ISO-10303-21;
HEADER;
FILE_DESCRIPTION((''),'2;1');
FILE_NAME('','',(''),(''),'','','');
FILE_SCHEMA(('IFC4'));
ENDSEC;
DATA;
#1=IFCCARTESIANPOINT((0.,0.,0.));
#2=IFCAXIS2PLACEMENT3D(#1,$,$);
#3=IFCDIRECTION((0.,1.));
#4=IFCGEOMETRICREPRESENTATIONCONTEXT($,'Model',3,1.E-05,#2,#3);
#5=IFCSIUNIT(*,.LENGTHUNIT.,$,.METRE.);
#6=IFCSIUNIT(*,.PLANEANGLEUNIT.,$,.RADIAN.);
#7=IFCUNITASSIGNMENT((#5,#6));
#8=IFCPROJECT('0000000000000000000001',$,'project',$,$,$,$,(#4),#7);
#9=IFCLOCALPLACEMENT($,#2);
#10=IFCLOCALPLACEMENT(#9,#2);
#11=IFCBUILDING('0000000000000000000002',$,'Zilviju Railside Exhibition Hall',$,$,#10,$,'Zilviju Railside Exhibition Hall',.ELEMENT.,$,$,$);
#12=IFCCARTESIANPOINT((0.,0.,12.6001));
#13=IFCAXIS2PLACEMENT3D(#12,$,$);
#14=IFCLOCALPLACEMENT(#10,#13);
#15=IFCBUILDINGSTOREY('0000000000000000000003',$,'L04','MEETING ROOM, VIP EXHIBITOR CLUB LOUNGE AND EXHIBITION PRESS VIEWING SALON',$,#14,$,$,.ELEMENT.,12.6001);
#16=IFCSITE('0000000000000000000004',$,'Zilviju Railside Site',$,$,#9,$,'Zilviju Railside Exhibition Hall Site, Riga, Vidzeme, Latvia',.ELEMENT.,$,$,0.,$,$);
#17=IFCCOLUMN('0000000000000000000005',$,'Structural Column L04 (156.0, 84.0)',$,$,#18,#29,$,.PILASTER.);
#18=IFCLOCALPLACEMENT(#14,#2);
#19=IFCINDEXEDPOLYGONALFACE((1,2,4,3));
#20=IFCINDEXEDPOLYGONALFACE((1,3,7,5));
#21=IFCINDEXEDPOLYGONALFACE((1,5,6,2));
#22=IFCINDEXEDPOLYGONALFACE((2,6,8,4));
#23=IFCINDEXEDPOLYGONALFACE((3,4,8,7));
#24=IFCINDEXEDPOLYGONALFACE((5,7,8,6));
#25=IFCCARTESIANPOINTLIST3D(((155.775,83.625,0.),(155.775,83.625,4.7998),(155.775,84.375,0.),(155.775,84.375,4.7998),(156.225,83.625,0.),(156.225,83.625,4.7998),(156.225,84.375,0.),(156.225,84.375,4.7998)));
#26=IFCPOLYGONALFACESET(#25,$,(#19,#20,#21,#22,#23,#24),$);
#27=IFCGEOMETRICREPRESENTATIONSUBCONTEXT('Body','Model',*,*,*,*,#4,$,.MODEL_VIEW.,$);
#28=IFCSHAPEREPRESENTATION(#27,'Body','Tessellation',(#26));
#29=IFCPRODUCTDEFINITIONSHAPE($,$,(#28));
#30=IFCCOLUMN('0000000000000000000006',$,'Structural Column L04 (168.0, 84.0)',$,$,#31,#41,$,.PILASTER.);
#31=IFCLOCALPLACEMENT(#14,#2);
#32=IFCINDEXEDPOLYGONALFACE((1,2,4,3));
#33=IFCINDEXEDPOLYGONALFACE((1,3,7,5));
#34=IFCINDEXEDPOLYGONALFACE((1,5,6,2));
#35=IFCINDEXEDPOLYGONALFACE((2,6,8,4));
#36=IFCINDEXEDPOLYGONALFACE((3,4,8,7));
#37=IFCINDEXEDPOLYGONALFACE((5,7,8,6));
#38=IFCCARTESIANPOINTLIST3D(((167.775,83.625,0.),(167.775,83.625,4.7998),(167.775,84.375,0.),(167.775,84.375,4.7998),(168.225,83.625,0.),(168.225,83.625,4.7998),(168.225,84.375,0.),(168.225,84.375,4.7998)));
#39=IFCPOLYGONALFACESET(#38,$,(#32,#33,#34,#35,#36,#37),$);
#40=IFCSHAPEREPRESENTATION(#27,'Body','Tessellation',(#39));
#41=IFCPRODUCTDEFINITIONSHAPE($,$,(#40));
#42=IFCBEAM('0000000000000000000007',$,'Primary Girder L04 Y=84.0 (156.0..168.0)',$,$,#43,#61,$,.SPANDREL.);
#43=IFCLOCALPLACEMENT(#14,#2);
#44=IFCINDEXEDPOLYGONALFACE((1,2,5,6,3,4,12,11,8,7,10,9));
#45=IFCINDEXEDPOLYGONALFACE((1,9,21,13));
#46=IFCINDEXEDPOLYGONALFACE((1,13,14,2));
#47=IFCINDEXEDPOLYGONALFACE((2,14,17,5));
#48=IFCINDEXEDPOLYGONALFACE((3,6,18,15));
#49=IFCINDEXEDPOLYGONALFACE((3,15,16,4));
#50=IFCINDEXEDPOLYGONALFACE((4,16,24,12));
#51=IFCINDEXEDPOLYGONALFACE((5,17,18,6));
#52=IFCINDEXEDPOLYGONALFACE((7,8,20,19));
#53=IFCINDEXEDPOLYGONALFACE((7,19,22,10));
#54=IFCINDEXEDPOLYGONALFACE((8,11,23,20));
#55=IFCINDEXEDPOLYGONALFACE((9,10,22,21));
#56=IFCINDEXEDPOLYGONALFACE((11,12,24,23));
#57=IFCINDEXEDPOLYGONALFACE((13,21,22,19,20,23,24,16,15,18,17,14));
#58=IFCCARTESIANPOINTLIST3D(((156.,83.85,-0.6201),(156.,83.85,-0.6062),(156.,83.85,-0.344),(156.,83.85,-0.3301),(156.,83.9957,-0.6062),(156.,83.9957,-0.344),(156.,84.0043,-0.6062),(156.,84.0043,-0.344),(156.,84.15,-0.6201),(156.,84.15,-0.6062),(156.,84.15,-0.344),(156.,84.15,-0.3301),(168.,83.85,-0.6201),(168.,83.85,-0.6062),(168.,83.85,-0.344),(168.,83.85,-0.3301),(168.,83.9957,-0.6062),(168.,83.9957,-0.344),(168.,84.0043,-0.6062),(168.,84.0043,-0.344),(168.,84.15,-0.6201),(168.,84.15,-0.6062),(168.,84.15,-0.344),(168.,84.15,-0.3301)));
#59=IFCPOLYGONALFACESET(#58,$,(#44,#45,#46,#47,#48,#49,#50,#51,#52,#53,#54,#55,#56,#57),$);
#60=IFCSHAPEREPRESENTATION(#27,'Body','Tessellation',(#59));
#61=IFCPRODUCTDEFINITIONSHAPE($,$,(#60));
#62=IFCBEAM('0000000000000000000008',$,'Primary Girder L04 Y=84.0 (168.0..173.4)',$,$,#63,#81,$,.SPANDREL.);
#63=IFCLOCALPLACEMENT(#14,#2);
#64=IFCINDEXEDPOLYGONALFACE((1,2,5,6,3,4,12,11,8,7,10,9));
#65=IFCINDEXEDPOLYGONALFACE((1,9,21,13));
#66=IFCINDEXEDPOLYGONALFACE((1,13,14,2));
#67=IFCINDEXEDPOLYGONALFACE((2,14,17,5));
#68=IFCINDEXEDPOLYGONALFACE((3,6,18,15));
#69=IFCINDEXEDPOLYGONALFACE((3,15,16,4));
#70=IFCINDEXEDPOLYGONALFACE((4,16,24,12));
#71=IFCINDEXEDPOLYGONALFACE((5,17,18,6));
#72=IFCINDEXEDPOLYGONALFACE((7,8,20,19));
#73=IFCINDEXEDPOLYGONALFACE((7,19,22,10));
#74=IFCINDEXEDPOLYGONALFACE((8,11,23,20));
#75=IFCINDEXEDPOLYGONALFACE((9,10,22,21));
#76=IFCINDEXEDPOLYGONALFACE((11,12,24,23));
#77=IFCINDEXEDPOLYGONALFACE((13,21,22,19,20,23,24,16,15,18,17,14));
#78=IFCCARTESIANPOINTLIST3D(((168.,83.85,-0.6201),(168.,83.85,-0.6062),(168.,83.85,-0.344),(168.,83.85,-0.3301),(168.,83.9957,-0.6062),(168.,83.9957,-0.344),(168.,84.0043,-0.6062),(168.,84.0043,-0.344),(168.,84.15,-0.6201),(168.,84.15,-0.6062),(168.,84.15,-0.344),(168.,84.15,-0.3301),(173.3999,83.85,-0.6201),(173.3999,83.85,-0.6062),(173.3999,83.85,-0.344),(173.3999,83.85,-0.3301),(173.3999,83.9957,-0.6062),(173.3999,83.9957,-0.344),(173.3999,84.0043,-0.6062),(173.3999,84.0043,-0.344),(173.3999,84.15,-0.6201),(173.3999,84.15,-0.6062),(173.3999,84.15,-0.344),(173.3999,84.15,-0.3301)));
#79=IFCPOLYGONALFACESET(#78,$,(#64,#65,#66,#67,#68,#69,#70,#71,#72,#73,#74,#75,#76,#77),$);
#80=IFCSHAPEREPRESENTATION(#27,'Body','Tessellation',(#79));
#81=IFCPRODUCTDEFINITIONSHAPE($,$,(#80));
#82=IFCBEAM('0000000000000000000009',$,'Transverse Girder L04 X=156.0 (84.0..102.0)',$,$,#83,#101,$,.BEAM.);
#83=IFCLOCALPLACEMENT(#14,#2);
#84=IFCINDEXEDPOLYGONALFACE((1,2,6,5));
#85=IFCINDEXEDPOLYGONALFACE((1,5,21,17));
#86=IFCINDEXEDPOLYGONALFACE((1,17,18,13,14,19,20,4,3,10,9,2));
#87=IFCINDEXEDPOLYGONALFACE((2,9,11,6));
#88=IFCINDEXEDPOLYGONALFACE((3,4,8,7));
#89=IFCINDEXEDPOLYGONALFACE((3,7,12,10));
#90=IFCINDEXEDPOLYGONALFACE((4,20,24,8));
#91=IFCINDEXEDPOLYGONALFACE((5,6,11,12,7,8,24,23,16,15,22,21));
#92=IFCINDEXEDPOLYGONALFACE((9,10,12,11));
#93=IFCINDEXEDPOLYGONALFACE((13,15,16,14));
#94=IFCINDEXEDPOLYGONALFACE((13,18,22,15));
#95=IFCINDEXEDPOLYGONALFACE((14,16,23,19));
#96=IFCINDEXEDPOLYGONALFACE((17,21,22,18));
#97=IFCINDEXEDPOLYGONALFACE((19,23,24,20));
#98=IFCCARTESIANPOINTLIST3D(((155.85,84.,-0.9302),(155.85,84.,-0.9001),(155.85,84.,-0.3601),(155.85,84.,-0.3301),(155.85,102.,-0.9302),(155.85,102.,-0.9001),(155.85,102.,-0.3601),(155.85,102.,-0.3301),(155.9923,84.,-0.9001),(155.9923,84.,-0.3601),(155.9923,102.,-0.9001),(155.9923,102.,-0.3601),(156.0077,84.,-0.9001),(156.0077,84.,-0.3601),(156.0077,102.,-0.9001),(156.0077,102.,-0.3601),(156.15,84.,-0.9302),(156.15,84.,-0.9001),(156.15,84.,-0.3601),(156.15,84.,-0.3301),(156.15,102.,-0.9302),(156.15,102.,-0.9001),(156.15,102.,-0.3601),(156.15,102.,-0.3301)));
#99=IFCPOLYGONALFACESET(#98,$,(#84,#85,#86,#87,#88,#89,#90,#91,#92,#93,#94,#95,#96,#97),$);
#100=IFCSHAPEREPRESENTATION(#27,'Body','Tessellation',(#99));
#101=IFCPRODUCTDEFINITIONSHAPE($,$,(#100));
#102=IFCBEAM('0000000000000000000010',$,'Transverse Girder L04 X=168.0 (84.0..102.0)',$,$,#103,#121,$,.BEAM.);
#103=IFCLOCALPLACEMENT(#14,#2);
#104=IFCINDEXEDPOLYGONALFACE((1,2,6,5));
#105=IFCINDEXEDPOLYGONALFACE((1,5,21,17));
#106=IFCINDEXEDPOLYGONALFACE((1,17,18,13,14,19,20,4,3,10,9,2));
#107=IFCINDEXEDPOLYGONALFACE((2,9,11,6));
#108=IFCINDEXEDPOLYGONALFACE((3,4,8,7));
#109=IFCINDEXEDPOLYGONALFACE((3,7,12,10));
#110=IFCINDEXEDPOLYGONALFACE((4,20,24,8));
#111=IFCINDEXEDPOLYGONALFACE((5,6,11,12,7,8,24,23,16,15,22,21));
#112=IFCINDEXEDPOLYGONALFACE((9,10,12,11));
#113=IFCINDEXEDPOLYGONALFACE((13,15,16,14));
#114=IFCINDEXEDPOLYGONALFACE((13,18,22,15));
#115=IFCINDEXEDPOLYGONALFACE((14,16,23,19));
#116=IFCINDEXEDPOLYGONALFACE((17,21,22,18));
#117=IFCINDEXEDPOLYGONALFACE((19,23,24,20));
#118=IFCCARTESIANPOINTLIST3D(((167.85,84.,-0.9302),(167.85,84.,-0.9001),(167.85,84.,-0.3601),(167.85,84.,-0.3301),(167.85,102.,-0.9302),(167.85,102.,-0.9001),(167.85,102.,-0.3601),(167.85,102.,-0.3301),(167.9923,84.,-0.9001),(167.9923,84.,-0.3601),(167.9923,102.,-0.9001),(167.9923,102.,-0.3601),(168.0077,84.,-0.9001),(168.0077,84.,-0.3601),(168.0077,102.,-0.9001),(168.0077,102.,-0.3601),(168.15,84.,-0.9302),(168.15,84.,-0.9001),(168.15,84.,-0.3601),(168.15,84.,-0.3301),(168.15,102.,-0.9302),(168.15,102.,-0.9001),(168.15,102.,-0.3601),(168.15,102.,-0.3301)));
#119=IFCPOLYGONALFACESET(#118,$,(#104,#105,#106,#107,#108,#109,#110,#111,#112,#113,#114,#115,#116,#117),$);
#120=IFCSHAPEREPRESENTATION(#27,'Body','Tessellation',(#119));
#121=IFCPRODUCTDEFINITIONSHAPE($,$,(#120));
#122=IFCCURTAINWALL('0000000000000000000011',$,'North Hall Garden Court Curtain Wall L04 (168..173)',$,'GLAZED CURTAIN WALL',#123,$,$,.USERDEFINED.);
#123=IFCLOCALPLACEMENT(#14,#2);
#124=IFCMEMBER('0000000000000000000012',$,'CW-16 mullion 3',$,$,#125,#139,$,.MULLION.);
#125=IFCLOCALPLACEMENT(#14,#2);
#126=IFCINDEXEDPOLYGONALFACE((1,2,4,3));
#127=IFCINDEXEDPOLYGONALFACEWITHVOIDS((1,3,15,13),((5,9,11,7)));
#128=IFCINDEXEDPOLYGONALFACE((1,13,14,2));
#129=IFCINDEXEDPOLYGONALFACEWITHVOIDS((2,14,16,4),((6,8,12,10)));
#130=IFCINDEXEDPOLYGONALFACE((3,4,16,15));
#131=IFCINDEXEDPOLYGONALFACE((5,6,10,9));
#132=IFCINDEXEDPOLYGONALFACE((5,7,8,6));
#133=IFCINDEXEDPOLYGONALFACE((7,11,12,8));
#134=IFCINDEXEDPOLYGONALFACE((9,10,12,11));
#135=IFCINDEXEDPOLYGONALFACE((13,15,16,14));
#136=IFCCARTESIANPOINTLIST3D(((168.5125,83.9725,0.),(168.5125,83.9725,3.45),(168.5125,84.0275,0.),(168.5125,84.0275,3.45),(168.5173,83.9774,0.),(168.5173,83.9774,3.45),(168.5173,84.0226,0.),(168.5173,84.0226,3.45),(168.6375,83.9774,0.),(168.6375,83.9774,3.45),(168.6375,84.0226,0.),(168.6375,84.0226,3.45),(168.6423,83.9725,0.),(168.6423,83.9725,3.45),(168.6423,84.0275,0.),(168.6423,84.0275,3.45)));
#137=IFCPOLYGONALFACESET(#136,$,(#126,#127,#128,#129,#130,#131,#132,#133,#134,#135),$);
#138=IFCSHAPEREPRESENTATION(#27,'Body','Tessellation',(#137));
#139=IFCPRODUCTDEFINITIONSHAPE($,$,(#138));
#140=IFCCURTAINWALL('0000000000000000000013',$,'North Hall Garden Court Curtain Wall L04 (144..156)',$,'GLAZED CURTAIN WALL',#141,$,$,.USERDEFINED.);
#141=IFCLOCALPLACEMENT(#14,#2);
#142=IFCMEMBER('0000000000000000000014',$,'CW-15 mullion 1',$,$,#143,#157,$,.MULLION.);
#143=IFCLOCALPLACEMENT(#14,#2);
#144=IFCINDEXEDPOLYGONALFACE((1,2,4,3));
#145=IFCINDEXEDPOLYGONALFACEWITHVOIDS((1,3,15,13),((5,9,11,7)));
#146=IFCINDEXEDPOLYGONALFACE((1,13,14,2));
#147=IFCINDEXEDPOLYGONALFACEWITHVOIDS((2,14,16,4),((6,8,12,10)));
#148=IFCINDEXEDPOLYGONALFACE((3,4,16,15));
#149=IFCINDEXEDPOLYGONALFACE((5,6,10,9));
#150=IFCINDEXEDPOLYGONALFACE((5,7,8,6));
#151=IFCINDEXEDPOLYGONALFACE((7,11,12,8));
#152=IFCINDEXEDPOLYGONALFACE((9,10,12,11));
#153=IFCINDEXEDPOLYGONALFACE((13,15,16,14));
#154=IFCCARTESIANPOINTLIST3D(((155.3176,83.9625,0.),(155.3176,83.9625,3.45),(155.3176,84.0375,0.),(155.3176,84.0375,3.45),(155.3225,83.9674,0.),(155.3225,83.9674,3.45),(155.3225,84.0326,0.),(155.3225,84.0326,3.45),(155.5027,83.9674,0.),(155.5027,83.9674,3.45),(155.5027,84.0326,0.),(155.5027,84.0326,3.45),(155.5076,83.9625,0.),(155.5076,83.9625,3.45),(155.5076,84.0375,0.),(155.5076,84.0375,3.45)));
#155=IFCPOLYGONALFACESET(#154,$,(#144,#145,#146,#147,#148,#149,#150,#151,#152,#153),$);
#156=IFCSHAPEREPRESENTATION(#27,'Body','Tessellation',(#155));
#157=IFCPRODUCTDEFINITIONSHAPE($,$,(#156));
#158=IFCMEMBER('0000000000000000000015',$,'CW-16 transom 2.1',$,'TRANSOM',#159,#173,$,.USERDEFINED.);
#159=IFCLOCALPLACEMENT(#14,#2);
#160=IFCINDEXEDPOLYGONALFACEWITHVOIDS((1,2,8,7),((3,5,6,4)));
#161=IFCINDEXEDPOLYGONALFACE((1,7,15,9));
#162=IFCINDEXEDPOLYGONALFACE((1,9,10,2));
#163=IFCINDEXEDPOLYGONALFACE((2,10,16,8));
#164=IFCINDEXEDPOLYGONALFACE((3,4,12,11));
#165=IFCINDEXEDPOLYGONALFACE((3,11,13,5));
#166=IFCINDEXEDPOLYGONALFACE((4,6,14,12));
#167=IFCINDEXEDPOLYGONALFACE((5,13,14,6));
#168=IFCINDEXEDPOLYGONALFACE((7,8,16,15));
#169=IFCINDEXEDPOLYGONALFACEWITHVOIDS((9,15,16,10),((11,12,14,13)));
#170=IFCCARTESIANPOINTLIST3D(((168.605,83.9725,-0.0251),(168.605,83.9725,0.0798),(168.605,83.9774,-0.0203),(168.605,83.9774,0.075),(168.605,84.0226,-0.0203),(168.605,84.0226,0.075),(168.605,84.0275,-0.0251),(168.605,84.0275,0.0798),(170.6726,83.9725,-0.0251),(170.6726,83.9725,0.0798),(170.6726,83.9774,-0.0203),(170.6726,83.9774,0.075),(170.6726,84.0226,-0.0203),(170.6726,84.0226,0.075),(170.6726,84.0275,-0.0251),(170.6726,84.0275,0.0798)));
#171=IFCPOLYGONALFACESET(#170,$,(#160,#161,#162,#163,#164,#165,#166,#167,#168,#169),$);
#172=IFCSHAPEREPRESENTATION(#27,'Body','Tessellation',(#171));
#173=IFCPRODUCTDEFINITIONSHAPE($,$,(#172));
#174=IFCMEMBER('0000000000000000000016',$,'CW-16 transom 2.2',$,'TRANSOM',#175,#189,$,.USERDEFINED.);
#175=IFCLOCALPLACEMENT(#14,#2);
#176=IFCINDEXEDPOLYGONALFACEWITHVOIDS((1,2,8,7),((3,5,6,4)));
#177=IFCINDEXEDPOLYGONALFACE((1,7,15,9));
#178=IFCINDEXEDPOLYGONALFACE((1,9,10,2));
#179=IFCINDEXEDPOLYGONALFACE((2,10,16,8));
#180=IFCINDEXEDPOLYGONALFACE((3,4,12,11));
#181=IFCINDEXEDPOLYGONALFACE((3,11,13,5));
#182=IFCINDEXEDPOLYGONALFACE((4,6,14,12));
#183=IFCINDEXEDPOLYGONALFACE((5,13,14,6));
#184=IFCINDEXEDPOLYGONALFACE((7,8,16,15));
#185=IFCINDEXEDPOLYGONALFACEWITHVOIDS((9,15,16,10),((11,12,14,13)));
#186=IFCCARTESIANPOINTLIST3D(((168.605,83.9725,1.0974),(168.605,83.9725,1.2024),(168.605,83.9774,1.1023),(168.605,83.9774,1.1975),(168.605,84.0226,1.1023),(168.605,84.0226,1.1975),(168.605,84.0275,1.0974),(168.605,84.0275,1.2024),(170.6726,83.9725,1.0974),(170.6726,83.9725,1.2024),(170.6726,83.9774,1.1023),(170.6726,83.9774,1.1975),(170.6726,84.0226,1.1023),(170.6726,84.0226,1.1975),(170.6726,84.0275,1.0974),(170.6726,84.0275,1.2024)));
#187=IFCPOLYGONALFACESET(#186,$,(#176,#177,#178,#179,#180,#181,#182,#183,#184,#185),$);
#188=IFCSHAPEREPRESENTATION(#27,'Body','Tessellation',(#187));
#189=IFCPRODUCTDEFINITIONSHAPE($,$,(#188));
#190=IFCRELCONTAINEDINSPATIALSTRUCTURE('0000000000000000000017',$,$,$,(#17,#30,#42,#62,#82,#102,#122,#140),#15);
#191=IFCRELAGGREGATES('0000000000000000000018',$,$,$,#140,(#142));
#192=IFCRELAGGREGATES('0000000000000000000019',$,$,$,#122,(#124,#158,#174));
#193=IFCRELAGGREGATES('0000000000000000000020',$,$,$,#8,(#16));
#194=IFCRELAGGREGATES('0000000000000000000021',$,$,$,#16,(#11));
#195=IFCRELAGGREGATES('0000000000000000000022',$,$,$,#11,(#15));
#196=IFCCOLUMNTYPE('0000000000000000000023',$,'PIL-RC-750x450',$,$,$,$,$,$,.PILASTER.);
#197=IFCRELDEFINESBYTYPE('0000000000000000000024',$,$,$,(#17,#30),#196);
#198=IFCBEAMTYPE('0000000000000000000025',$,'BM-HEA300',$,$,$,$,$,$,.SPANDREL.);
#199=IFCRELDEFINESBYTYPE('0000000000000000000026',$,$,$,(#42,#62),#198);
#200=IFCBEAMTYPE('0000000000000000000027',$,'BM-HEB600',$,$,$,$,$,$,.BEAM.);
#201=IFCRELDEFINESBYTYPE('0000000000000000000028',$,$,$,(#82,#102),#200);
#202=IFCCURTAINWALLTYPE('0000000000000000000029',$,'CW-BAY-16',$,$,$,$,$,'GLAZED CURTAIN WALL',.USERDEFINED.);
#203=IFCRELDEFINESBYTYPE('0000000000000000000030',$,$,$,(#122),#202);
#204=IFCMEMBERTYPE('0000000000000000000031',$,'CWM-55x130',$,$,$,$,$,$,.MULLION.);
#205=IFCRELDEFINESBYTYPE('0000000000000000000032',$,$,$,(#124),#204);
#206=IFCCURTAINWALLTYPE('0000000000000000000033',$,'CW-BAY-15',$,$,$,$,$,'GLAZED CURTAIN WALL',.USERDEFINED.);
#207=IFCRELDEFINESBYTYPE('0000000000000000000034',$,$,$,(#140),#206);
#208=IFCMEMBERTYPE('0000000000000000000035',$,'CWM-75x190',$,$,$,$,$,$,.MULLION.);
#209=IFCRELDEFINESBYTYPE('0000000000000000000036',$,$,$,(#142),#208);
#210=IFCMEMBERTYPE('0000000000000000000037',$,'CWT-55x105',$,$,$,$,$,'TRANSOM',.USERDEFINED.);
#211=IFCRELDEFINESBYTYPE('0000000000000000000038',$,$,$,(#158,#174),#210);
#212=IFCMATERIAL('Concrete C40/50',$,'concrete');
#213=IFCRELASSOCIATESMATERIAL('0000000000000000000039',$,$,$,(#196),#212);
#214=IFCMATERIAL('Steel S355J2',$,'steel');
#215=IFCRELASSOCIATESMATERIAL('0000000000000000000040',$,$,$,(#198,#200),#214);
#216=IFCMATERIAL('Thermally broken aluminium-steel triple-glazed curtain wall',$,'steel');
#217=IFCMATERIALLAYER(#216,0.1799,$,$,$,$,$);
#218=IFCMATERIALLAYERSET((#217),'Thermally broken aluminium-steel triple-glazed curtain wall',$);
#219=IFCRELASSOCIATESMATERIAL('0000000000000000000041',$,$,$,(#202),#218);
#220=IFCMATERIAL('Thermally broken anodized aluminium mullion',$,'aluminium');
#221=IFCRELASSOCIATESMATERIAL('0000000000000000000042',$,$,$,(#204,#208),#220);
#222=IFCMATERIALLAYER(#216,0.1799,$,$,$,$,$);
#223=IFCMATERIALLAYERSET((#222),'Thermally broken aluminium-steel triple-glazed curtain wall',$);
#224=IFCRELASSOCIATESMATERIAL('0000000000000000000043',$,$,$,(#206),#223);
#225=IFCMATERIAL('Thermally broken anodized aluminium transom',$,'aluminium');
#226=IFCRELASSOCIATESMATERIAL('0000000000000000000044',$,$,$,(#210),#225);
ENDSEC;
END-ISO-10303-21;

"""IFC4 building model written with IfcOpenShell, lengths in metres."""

from ifc_helpers import new_model, si_unit, direction, frame, origin, origin_2d, place, context, subcontext, project, spatial, rectangle, hollow_rectangle, i_section, extrude, material, layer, layer_set, material_profile, profile_set, type_object, element, aggregate, save


model = new_model("IFC4")

# Units and contexts
model_context = context("Model", 3, precision=1e-05, world=origin(), true_north=direction((0.0, 1.0)))
body_context = subcontext(model_context, "Body", "Model", "MODEL_VIEW")
ifc_project = project(units=[si_unit("LENGTHUNIT", "METRE"), si_unit("PLANEANGLEUNIT", "RADIAN")], contexts=[model_context])

# Site, building, storey
site_placement = place(None, origin())
site = spatial("IfcSite", under=ifc_project, at=site_placement, Name="Zilviju Railside Site", LongName="Zilviju Railside Exhibition Hall Site, Riga, Vidzeme, Latvia", CompositionType="ELEMENT", RefElevation=0.0)
building_placement = place(site_placement, origin())
building = spatial("IfcBuilding", under=site, at=building_placement, Name="Zilviju Railside Exhibition Hall", LongName="Zilviju Railside Exhibition Hall", CompositionType="ELEMENT")
storey_placement = place(building_placement, frame((0.0, 0.0, 12.6001)))
storey = spatial("IfcBuildingStorey", under=building, at=storey_placement, Name="L04", Description="MEETING ROOM, VIP EXHIBITOR CLUB LOUNGE AND EXHIBITION PRESS VIEWING SALON", CompositionType="ELEMENT", Elevation=12.6001)

# Columns
ifc_material_1 = material(Name="Concrete C40/50", Category="concrete")
ifc_material_profile_1 = material_profile(ifc_material_1, rectangle(XDim=0.45, YDim=0.75, at=origin_2d()), Name="RC COL 450x750")
ifc_profile_set_1 = profile_set([ifc_material_profile_1], Name="Concrete C40/50")
column_type = type_object("IfcColumnType", Name="PIL-RC-750x450", PredefinedType="PILASTER", material=ifc_profile_set_1)
for number, where, z_axis, x_axis, name in (
    (1, (156.0, 84.0, 0.0), (0.0, 0.0, 1.0), (1.0, 0.0, 0.0), "Structural Column L04 (156.0, 84.0)"),
    (2, (168.0, 84.0, 0.0), (0.0, 0.0, 1.0), (1.0, 0.0, 0.0), "Structural Column L04 (168.0, 84.0)"),
):
    element("IfcColumn", number, at=place(storey_placement, frame(where, z_axis=z_axis, x_axis=x_axis)), inside=storey, type_object=column_type, Name=name, PredefinedType="PILASTER", context=body_context, shape_type="SweptSolid", body=[
        extrude(rectangle(XDim=0.45, YDim=0.75, at=origin_2d()), origin(), (0.0, 0.0, 1.0), 4.7998),
    ])

# Beams
ifc_material_2 = material(Name="Steel S355J2", Category="steel")
ifc_material_profile_2 = material_profile(ifc_material_2, i_section(OverallWidth=0.3, OverallDepth=0.29, WebThickness=0.0085, FlangeThickness=0.0139, at=origin_2d()), Name="HEA 300")
ifc_profile_set_2 = profile_set([ifc_material_profile_2], Name="Steel S355J2")
beam_type_1 = type_object("IfcBeamType", Name="BM-HEA300", PredefinedType="SPANDREL", material=ifc_profile_set_2)
beam_1_placement = place(storey_placement, frame((156.0, 84.0, -0.4751), z_axis=(1.0, 0.0, 0.0), x_axis=(0.0, 1.0, 0.0)))
element("IfcBeam", 3, at=beam_1_placement, inside=storey, type_object=beam_type_1, Name="Primary Girder L04 Y=84.0 (156.0..168.0)", PredefinedType="SPANDREL", context=body_context, shape_type="SweptSolid", body=[
    extrude(i_section(OverallWidth=0.3, OverallDepth=0.29, WebThickness=0.0085, FlangeThickness=0.0139, at=origin_2d()), origin(), (0.0, 0.0, 1.0), 12.0),
])
beam_2_placement = place(storey_placement, frame((168.0, 84.0, -0.4751), z_axis=(1.0, 0.0, 0.0), x_axis=(0.0, 1.0, 0.0)))
element("IfcBeam", 4, at=beam_2_placement, inside=storey, type_object=beam_type_1, Name="Primary Girder L04 Y=84.0 (168.0..173.4)", PredefinedType="SPANDREL", context=body_context, shape_type="SweptSolid", body=[
    extrude(i_section(OverallWidth=0.3, OverallDepth=0.29, WebThickness=0.0085, FlangeThickness=0.0139, at=origin_2d()), origin(), (0.0, 0.0, 1.0), 5.3999),
])
ifc_material_profile_3 = material_profile(ifc_material_2, i_section(OverallWidth=0.3, OverallDepth=0.6001, WebThickness=0.0154, FlangeThickness=0.03, at=origin_2d()), Name="HEB 600")
ifc_profile_set_3 = profile_set([ifc_material_profile_3], Name="Steel S355J2")
beam_type_2 = type_object("IfcBeamType", Name="BM-HEB600", PredefinedType="BEAM", material=ifc_profile_set_3)
for number, where, z_axis, x_axis, name in (
    (5, (156.0, 84.0, -0.6301), (0.0, 1.0, 0.0), (-1.0, 0.0, 0.0), "Transverse Girder L04 X=156.0 (84.0..102.0)"),
    (6, (168.0, 84.0, -0.6301), (0.0, 1.0, 0.0), (-1.0, 0.0, 0.0), "Transverse Girder L04 X=168.0 (84.0..102.0)"),
):
    element("IfcBeam", number, at=place(storey_placement, frame(where, z_axis=z_axis, x_axis=x_axis)), inside=storey, type_object=beam_type_2, Name=name, PredefinedType="BEAM", context=body_context, shape_type="SweptSolid", body=[
        extrude(i_section(OverallWidth=0.3, OverallDepth=0.6001, WebThickness=0.0154, FlangeThickness=0.03, at=origin_2d()), origin(), (0.0, 0.0, 1.0), 18.0),
    ])

# Curtain walls, members
ifc_material_3 = material(Name="Thermally broken aluminium-steel triple-glazed curtain wall", Category="steel")
ifc_layer_1 = layer(ifc_material_3, 0.1799)
ifc_layer_set_1 = layer_set([ifc_layer_1], Name="Thermally broken aluminium-steel triple-glazed curtain wall")
curtain_wall_type_1 = type_object("IfcCurtainWallType", Name="CW-BAY-16", ElementType="GLAZED CURTAIN WALL", PredefinedType="USERDEFINED", material=ifc_layer_set_1)
curtain_wall_1_placement = place(storey_placement, origin())
curtain_wall_1 = element("IfcCurtainWall", 7, at=curtain_wall_1_placement, inside=storey, type_object=curtain_wall_type_1, Name="North Hall Garden Court Curtain Wall L04 (168..173)", ObjectType="GLAZED CURTAIN WALL", PredefinedType="USERDEFINED")
ifc_material_4 = material(Name="Thermally broken anodized aluminium mullion", Category="aluminium")
ifc_material_profile_4 = material_profile(ifc_material_4, hollow_rectangle(XDim=0.0549, YDim=0.1299, WallThickness=0.0049, at=origin_2d()), Name="MULLION 130x55x5")
ifc_profile_set_4 = profile_set([ifc_material_profile_4], Name="Thermally broken anodized aluminium mullion")
member_type_1 = type_object("IfcMemberType", Name="CWM-55x130", PredefinedType="MULLION", material=ifc_profile_set_4)
member_1_placement = place(storey_placement, frame((168.5774, 84.0, 0.0), z_axis=(0.0, 0.0, 1.0), x_axis=(0.0, -1.0, 0.0)))
member_1 = element("IfcMember", 8, at=member_1_placement, type_object=member_type_1, Name="CW-16 mullion 3", PredefinedType="MULLION", context=body_context, shape_type="SweptSolid", body=[
    extrude(hollow_rectangle(XDim=0.0549, YDim=0.1299, WallThickness=0.0049, at=origin_2d()), origin(), (0.0, 0.0, 1.0), 3.45),
])
ifc_layer_2 = layer(ifc_material_3, 0.1799)
ifc_layer_set_2 = layer_set([ifc_layer_2], Name="Thermally broken aluminium-steel triple-glazed curtain wall")
curtain_wall_type_2 = type_object("IfcCurtainWallType", Name="CW-BAY-15", ElementType="GLAZED CURTAIN WALL", PredefinedType="USERDEFINED", material=ifc_layer_set_2)
curtain_wall_2_placement = place(storey_placement, origin())
curtain_wall_2 = element("IfcCurtainWall", 9, at=curtain_wall_2_placement, inside=storey, type_object=curtain_wall_type_2, Name="North Hall Garden Court Curtain Wall L04 (144..156)", ObjectType="GLAZED CURTAIN WALL", PredefinedType="USERDEFINED")
ifc_material_profile_5 = material_profile(ifc_material_4, hollow_rectangle(XDim=0.075, YDim=0.1899, WallThickness=0.0049, at=origin_2d()), Name="MULLION 190x75x5")
ifc_profile_set_5 = profile_set([ifc_material_profile_5], Name="Thermally broken anodized aluminium mullion")
member_type_2 = type_object("IfcMemberType", Name="CWM-75x190", PredefinedType="MULLION", material=ifc_profile_set_5)
member_2_placement = place(storey_placement, frame((155.4126, 84.0, 0.0), z_axis=(0.0, 0.0, 1.0), x_axis=(0.0, -1.0, 0.0)))
member_2 = element("IfcMember", 10, at=member_2_placement, type_object=member_type_2, Name="CW-15 mullion 1", PredefinedType="MULLION", context=body_context, shape_type="SweptSolid", body=[
    extrude(hollow_rectangle(XDim=0.075, YDim=0.1899, WallThickness=0.0049, at=origin_2d()), origin(), (0.0, 0.0, 1.0), 3.45),
])

# Members
ifc_material_5 = material(Name="Thermally broken anodized aluminium transom", Category="aluminium")
ifc_material_profile_6 = material_profile(ifc_material_5, hollow_rectangle(XDim=0.0549, YDim=0.105, WallThickness=0.0049, at=origin_2d()), Name="TRANSOM 105x55x5")
ifc_profile_set_6 = profile_set([ifc_material_profile_6], Name="Thermally broken anodized aluminium transom")
member_type_3 = type_object("IfcMemberType", Name="CWT-55x105", ElementType="TRANSOM", PredefinedType="USERDEFINED", material=ifc_profile_set_6)
member_3_placement = place(storey_placement, frame((170.6726, 84.0, 0.0273), z_axis=(-1.0, 0.0, 0.0), x_axis=(0.0, -1.0, 0.0)))
member_3 = element("IfcMember", 11, at=member_3_placement, type_object=member_type_3, Name="CW-16 transom 2.1", ObjectType="TRANSOM", PredefinedType="USERDEFINED", context=body_context, shape_type="SweptSolid", body=[
    extrude(hollow_rectangle(XDim=0.0549, YDim=0.105, WallThickness=0.0049, at=origin_2d()), origin(), (0.0, 0.0, 1.0), 2.0676),
])
member_4_placement = place(storey_placement, frame((170.6726, 84.0, 1.1499), z_axis=(-1.0, 0.0, 0.0), x_axis=(0.0, -1.0, 0.0)))
member_4 = element("IfcMember", 12, at=member_4_placement, type_object=member_type_3, Name="CW-16 transom 2.2", ObjectType="TRANSOM", PredefinedType="USERDEFINED", context=body_context, shape_type="SweptSolid", body=[
    extrude(hollow_rectangle(XDim=0.0549, YDim=0.105, WallThickness=0.0049, at=origin_2d()), origin(), (0.0, 0.0, 1.0), 2.0676),
])
aggregate(curtain_wall_2, [member_2])

aggregate(curtain_wall_1, [member_1, member_3, member_4])

save(model, "model.ifc")
